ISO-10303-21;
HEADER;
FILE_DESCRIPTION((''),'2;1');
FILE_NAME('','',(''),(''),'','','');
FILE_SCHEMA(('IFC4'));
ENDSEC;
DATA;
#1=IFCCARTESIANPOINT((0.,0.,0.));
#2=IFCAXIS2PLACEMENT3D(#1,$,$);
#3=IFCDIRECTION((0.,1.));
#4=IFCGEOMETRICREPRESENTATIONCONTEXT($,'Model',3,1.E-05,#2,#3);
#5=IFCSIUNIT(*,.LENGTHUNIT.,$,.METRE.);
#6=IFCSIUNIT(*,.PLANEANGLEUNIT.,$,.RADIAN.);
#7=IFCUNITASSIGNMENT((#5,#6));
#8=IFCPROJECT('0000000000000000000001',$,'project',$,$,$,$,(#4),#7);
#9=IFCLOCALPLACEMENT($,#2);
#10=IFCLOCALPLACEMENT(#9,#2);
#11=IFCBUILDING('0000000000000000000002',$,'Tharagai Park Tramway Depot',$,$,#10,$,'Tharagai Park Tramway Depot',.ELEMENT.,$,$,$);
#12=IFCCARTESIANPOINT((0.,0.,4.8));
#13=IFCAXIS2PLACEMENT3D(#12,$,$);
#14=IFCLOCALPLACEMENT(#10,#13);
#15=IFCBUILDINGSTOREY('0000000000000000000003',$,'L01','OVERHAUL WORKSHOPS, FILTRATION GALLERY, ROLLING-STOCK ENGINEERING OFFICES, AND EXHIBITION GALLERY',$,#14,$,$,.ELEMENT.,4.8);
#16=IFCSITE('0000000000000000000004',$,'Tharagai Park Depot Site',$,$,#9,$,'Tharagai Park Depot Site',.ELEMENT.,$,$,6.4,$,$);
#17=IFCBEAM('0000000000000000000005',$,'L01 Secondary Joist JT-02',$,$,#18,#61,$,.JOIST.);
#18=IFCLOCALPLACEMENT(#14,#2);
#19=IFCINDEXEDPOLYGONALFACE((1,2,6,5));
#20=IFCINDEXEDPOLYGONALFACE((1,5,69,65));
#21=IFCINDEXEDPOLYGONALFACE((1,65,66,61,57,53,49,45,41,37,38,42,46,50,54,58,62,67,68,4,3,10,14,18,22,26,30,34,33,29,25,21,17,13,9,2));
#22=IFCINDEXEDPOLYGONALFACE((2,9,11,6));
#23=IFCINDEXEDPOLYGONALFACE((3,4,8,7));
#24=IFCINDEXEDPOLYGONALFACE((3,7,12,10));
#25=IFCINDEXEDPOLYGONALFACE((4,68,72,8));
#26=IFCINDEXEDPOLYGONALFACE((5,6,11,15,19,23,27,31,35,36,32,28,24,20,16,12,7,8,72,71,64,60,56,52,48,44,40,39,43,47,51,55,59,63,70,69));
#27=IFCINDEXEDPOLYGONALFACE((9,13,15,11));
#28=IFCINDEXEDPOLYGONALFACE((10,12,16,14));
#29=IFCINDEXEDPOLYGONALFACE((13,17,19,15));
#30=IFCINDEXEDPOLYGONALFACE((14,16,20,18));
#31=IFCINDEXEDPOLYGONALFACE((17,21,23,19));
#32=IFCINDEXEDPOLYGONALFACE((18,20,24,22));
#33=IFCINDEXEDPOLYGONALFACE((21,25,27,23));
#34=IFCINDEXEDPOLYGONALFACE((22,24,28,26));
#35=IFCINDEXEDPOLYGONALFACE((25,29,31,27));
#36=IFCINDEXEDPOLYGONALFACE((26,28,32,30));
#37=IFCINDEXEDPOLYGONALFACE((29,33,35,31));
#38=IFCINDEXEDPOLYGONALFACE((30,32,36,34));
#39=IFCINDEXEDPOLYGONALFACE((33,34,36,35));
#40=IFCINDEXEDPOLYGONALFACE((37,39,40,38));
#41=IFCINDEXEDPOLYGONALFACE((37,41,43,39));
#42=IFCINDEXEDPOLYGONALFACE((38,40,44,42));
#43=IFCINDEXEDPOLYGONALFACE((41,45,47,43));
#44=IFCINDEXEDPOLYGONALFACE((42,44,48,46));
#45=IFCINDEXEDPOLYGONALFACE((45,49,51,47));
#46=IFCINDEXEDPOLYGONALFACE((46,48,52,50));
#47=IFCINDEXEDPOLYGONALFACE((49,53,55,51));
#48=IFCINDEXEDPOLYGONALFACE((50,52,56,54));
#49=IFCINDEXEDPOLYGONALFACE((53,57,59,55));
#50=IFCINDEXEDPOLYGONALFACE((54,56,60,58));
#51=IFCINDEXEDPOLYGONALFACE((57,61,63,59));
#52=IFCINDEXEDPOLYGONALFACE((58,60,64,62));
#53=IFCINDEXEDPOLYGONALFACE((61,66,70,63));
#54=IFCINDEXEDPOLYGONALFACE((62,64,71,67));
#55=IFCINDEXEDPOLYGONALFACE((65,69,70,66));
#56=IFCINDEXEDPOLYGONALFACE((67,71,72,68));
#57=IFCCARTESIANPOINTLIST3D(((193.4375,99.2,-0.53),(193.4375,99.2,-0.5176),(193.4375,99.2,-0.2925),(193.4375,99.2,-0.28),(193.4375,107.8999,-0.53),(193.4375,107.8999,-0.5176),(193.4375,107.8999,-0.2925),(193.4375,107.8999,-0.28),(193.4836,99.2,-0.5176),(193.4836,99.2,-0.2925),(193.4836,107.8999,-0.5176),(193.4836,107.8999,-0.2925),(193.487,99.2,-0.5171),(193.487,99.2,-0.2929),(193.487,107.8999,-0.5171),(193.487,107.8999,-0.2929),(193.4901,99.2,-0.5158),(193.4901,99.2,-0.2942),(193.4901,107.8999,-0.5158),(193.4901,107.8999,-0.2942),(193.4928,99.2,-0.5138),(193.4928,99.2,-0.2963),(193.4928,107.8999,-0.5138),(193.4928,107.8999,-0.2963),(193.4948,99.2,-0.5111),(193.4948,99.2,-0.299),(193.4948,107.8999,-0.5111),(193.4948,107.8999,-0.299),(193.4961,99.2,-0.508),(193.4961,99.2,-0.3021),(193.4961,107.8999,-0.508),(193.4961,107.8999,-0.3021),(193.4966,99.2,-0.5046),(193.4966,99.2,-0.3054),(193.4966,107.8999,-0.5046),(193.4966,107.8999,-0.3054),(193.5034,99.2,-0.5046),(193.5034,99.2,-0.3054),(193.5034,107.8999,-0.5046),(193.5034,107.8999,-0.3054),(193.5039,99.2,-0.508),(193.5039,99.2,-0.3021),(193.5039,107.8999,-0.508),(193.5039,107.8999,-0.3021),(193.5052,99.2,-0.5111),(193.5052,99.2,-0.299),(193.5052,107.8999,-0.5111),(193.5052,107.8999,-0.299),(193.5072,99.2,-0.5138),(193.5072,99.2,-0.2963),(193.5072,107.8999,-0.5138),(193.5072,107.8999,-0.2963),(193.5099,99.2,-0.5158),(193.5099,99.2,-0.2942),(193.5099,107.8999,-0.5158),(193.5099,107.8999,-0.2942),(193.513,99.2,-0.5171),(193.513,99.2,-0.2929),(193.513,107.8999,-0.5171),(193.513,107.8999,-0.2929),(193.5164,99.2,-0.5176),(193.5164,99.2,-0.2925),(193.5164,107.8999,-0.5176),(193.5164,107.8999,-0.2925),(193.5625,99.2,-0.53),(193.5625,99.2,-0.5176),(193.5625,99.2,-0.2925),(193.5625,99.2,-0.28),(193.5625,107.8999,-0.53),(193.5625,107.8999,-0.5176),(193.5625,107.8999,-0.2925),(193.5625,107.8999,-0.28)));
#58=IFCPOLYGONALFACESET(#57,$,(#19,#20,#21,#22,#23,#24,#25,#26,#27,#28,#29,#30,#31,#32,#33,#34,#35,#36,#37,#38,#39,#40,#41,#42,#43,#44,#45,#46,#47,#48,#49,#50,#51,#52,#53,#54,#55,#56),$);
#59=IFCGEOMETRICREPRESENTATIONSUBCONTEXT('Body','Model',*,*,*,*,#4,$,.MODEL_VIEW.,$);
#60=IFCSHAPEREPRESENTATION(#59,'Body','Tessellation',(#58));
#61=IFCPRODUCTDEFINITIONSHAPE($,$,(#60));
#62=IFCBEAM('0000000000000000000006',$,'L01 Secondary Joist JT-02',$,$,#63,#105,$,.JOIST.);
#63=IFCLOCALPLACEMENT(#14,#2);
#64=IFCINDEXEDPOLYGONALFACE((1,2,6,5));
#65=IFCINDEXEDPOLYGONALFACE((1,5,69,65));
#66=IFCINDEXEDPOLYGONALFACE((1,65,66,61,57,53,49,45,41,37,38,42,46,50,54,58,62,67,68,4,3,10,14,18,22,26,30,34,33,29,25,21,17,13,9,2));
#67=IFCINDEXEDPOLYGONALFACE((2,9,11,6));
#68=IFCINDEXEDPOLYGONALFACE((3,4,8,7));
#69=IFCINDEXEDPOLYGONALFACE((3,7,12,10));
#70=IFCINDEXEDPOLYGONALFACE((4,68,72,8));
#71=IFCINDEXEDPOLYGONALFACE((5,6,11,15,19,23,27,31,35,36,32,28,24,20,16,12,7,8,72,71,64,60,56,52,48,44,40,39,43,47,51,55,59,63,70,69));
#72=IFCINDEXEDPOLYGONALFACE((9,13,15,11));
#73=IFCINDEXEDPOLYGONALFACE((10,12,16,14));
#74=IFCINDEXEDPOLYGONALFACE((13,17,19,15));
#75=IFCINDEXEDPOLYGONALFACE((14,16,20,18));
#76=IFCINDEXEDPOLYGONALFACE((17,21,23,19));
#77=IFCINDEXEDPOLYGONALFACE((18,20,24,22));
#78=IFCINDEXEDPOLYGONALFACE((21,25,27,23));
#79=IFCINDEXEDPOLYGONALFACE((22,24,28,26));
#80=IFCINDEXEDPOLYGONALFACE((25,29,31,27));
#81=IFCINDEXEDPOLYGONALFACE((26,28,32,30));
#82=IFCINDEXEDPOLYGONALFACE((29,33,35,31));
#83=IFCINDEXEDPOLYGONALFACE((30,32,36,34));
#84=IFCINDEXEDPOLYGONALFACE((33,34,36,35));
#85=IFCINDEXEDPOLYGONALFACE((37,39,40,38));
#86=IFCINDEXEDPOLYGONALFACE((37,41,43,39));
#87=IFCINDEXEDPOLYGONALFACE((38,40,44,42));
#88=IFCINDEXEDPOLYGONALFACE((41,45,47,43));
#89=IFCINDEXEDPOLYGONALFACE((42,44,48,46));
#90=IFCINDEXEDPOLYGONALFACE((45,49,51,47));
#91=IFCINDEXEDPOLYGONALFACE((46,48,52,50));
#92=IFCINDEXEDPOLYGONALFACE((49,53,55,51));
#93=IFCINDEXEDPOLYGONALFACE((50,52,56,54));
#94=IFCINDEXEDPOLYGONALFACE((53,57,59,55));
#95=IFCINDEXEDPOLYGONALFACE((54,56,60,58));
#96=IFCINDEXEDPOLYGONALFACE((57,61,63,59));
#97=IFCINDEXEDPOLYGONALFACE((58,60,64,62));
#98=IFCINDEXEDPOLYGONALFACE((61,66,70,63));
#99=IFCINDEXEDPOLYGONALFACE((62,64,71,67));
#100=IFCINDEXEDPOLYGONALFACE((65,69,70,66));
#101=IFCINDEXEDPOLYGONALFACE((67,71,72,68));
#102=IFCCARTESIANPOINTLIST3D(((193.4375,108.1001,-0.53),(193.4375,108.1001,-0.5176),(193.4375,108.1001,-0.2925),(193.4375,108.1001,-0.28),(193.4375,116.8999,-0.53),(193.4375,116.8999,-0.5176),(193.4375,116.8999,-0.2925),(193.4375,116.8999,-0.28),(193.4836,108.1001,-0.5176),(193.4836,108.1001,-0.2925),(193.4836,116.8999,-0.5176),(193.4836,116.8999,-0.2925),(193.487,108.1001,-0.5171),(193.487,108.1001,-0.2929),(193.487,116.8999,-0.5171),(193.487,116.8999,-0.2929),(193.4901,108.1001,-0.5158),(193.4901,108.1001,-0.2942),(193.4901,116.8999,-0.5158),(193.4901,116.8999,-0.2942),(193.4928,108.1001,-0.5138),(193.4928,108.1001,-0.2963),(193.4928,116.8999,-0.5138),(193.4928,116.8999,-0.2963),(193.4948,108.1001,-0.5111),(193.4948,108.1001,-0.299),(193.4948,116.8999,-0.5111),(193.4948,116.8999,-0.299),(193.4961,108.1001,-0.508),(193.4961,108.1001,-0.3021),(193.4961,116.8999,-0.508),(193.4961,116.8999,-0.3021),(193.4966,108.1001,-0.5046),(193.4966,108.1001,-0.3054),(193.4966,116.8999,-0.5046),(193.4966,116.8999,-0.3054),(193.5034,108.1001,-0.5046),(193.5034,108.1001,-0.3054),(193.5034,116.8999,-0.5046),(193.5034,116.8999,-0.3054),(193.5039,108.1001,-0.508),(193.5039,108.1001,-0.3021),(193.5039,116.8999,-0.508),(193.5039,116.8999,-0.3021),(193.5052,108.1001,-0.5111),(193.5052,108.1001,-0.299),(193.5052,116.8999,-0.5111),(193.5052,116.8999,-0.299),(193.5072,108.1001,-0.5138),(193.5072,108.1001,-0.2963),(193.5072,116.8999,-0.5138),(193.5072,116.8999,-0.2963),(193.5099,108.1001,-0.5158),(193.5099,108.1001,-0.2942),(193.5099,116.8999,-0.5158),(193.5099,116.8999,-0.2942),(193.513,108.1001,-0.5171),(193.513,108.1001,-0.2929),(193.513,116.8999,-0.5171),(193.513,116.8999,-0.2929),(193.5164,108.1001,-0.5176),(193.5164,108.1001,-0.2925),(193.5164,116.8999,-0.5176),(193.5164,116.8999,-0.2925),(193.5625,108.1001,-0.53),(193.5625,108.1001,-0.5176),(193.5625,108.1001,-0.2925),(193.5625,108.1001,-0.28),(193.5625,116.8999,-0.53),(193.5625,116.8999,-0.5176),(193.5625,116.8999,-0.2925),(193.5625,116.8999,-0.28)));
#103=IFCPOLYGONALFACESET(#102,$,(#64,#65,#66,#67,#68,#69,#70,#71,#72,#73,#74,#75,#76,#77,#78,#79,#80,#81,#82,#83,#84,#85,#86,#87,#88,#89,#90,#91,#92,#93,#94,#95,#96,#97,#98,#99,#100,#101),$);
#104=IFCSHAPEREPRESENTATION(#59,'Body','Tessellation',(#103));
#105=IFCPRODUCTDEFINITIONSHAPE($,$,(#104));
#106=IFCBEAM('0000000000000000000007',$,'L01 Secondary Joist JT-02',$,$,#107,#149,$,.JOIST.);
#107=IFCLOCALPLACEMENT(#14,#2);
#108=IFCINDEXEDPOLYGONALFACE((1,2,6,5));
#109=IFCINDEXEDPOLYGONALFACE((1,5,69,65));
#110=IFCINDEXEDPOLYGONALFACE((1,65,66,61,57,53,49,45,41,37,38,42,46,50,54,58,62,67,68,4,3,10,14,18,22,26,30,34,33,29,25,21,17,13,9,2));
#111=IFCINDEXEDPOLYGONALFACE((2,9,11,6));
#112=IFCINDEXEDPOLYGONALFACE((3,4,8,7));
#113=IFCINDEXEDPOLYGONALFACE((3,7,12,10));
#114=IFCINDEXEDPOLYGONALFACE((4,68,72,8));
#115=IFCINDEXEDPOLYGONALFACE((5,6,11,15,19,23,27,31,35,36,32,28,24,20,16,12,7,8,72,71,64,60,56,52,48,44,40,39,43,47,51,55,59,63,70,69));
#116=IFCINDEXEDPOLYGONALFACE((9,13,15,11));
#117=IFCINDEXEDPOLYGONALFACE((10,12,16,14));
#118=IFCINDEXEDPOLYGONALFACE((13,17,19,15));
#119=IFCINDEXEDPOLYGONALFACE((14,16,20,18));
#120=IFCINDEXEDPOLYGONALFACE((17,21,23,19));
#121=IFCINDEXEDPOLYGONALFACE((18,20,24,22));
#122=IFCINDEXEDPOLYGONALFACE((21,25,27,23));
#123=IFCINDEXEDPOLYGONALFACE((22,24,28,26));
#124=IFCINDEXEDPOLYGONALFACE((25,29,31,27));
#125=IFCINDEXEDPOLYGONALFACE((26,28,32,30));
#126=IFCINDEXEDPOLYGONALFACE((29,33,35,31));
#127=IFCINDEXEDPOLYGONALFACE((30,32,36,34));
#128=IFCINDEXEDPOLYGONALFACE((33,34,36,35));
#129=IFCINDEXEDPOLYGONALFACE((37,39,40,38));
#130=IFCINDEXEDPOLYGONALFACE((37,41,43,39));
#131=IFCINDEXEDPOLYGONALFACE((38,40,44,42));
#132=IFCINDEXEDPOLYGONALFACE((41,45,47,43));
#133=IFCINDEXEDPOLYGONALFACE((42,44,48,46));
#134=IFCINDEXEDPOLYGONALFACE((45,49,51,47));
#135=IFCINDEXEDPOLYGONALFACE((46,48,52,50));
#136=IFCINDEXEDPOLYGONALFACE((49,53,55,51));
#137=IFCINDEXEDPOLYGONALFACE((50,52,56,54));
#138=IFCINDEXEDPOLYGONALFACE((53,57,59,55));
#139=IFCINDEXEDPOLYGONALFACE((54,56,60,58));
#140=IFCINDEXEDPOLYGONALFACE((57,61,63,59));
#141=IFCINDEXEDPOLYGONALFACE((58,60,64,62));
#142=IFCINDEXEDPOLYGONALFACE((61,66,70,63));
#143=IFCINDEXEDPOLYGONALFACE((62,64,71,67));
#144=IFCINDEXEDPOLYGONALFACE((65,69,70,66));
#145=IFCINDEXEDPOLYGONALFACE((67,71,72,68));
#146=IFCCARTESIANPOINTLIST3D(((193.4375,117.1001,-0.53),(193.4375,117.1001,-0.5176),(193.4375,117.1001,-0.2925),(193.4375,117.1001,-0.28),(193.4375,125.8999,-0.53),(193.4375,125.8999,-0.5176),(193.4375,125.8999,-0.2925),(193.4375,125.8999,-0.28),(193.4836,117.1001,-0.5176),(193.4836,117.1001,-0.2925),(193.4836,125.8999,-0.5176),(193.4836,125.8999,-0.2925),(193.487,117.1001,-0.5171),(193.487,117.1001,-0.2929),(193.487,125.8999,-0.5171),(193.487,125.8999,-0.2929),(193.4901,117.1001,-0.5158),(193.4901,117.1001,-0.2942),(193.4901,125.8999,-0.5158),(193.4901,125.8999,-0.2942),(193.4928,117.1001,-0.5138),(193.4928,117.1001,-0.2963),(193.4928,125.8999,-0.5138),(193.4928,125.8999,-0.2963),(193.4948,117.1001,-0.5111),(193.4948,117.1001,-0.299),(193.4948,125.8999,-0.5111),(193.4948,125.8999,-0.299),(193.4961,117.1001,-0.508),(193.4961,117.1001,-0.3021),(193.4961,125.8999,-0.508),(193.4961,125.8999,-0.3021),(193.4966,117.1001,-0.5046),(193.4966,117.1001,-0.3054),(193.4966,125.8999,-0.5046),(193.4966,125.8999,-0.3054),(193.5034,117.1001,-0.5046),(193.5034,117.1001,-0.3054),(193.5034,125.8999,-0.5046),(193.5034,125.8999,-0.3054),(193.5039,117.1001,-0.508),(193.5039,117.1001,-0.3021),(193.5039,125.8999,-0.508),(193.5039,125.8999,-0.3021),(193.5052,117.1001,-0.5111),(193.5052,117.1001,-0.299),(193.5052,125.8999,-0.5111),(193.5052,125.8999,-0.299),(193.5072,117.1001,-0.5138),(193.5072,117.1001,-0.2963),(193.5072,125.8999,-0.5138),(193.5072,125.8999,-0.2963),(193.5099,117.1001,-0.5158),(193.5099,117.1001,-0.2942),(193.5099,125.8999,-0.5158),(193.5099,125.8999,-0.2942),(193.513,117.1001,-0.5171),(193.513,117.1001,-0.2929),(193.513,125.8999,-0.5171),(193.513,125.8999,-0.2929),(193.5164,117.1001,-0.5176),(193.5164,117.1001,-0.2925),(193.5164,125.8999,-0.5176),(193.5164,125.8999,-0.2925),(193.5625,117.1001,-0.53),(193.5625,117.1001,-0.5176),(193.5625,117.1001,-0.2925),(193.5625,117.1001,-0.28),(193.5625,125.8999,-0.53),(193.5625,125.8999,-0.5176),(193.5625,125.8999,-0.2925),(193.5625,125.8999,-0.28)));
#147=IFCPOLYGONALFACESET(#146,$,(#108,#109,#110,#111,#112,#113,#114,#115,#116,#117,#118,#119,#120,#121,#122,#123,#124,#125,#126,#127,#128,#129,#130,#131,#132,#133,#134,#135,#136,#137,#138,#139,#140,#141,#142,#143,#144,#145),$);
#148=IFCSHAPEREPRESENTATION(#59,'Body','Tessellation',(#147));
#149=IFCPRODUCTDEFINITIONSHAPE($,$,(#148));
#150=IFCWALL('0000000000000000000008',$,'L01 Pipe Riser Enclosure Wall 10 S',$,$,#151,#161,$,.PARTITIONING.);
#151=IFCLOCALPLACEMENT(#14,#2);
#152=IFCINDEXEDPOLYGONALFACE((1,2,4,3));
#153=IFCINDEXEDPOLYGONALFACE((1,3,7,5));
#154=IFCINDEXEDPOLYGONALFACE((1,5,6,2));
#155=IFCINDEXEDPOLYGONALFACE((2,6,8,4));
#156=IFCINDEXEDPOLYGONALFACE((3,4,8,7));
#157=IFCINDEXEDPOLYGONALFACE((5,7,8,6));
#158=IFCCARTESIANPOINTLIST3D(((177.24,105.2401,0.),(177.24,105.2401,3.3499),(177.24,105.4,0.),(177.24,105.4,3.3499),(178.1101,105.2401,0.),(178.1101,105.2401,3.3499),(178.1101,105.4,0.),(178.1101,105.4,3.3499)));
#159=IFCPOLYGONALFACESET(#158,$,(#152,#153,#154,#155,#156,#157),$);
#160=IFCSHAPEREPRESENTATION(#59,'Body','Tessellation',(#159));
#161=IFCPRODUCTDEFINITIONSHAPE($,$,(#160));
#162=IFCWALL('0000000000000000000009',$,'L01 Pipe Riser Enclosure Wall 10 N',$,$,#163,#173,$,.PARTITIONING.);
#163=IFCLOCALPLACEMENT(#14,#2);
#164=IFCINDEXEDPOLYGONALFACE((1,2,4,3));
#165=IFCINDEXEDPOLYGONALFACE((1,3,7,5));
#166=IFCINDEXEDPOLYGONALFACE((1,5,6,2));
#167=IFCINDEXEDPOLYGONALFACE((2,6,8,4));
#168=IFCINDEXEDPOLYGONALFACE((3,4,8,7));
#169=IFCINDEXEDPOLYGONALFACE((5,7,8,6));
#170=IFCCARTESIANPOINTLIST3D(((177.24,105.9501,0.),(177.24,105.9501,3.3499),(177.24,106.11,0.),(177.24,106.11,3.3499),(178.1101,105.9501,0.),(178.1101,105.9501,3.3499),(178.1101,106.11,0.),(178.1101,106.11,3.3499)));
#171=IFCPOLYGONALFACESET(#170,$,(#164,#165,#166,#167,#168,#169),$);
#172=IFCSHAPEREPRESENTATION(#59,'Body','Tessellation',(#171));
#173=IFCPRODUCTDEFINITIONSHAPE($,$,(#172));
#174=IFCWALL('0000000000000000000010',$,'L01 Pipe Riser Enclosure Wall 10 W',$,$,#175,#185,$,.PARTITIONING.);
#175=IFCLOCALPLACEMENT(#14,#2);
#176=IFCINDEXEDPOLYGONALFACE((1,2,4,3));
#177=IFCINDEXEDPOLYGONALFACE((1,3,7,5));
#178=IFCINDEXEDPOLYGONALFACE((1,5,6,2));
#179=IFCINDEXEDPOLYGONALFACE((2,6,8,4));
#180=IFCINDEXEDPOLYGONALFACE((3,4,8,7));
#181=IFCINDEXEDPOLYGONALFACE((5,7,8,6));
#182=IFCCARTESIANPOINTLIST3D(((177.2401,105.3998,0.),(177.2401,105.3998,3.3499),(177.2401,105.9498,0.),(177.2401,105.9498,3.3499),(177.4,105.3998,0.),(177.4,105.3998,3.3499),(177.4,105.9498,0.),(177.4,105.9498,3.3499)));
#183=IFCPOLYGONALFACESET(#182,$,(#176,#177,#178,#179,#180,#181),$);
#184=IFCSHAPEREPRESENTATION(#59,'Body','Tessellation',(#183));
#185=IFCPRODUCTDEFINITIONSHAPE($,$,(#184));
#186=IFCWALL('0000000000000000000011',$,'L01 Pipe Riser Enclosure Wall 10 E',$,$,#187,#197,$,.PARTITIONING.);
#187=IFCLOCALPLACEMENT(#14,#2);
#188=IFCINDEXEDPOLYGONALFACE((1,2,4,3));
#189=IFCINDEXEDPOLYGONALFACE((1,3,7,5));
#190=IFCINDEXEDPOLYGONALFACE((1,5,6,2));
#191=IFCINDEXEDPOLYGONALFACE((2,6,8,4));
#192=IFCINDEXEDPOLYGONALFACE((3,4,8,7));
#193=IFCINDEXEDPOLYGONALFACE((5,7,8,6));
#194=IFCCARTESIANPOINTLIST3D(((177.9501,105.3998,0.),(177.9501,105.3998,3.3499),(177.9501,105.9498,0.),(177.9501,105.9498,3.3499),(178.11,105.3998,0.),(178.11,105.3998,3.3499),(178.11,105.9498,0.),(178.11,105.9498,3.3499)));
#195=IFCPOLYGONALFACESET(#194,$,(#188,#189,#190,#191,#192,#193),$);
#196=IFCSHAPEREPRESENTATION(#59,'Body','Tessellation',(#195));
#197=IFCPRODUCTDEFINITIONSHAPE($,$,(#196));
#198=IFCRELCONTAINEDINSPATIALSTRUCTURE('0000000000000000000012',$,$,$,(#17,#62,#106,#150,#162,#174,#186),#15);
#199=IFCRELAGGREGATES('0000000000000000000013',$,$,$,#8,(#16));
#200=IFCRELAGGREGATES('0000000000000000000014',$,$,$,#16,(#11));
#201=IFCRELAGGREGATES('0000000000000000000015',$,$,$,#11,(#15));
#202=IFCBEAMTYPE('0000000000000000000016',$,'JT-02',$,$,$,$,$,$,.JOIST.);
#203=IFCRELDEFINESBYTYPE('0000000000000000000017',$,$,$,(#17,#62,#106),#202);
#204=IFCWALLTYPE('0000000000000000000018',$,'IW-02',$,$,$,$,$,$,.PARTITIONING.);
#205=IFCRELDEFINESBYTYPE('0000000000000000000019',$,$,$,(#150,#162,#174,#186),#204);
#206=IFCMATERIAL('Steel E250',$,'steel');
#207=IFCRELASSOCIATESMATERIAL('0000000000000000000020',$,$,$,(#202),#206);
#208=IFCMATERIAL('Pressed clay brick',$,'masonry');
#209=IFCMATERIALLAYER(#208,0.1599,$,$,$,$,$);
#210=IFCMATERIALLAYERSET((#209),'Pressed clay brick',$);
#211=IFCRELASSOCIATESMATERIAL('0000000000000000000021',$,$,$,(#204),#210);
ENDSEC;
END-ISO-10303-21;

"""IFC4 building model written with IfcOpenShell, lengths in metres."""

from ifc_helpers import new_model, si_unit, direction, frame, frame_2d, origin, origin_2d, place, context, subcontext, project, spatial, rectangle, i_section, extrude, material, layer, layer_set, material_profile, profile_set, type_object, element, save


model = new_model("IFC4")

# Units and contexts
model_context = context("Model", 3, precision=1e-05, world=origin(), true_north=direction((0.0, 1.0)))
body_context = subcontext(model_context, "Body", "Model", "MODEL_VIEW")
ifc_project = project(units=[si_unit("LENGTHUNIT", "METRE"), si_unit("PLANEANGLEUNIT", "RADIAN")], contexts=[model_context])

# Site, building, storey
site_placement = place(None, origin())
site = spatial("IfcSite", under=ifc_project, at=site_placement, Name="Tharagai Park Depot Site", LongName="Tharagai Park Depot Site", CompositionType="ELEMENT", RefElevation=6.4)
building_placement = place(site_placement, origin())
building = spatial("IfcBuilding", under=site, at=building_placement, Name="Tharagai Park Tramway Depot", LongName="Tharagai Park Tramway Depot", CompositionType="ELEMENT")
storey_placement = place(building_placement, frame((0.0, 0.0, 4.8)))
storey = spatial("IfcBuildingStorey", under=building, at=storey_placement, Name="L01", Description="OVERHAUL WORKSHOPS, FILTRATION GALLERY, ROLLING-STOCK ENGINEERING OFFICES, AND EXHIBITION GALLERY", CompositionType="ELEMENT", Elevation=4.8)

# Beams
ifc_material_1 = material(Name="Steel E250", Category="steel")
ifc_material_profile_1 = material_profile(ifc_material_1, i_section(OverallWidth=0.125, OverallDepth=0.25, WebThickness=0.0068, FlangeThickness=0.0125, FilletRadius=0.0129, at=origin_2d()), Name="ISMB 250")
ifc_profile_set_1 = profile_set([ifc_material_profile_1], Name="Steel E250")
beam_type_1 = type_object("IfcBeamType", Name="JT-02", PredefinedType="JOIST", material=ifc_profile_set_1)
beam_1_placement = place(storey_placement, frame((193.5, 99.2, -0.405), z_axis=(0.0, 1.0, 0.0), x_axis=(-1.0, 0.0, 0.0)))
element("IfcBeam", 1, at=beam_1_placement, inside=storey, type_object=beam_type_1, Name="L01 Secondary Joist JT-02", PredefinedType="JOIST", context=body_context, shape_type="SweptSolid", body=[
    extrude(i_section(OverallWidth=0.125, OverallDepth=0.25, WebThickness=0.0068, FlangeThickness=0.0125, FilletRadius=0.0129, at=origin_2d()), origin(), (0.0, 0.0, 1.0), 8.7),
])
for number, where, z_axis, x_axis, name in (
    (2, (193.5, 108.1001, -0.405), (0.0, 1.0, 0.0), (-1.0, 0.0, 0.0), "L01 Secondary Joist JT-02"),
    (3, (193.5, 117.1001, -0.405), (0.0, 1.0, 0.0), (-1.0, 0.0, 0.0), "L01 Secondary Joist JT-02"),
):
    element("IfcBeam", number, at=place(storey_placement, frame(where, z_axis=z_axis, x_axis=x_axis)), inside=storey, type_object=beam_type_1, Name=name, PredefinedType="JOIST", context=body_context, shape_type="SweptSolid", body=[
        extrude(i_section(OverallWidth=0.125, OverallDepth=0.25, WebThickness=0.0068, FlangeThickness=0.0125, FilletRadius=0.0129, at=origin_2d()), origin(), (0.0, 0.0, 1.0), 8.7998),
    ])

# Walls
ifc_material_2 = material(Name="Pressed clay brick", Category="masonry")
ifc_layer_1 = layer(ifc_material_2, 0.1599)
ifc_layer_set_1 = layer_set([ifc_layer_1], Name="Pressed clay brick")
wall_type_1 = type_object("IfcWallType", Name="IW-02", PredefinedType="PARTITIONING", material=ifc_layer_set_1)
for number, where, z_axis, x_axis, name in (
    (4, (177.24, 105.3201, 0.0), (0.0, 0.0, 1.0), (1.0, 0.0, 0.0), "L01 Pipe Riser Enclosure Wall 10 S"),
    (5, (177.24, 106.03, 0.0), (0.0, 0.0, 1.0), (1.0, 0.0, 0.0), "L01 Pipe Riser Enclosure Wall 10 N"),
):
    element("IfcWall", number, at=place(storey_placement, frame(where, z_axis=z_axis, x_axis=x_axis)), inside=storey, type_object=wall_type_1, Name=name, PredefinedType="PARTITIONING", context=body_context, shape_type="SweptSolid", body=[
        extrude(rectangle(XDim=0.8701, YDim=0.1599, at=frame_2d((0.4351, 0.0))), origin(), (0.0, 0.0, 1.0), 3.3499),
    ])
for number, where, z_axis, x_axis, name in (
    (6, (177.3201, 105.3999, 0.0), (0.0, 0.0, 1.0), (0.0, 1.0, 0.0), "L01 Pipe Riser Enclosure Wall 10 W"),
    (7, (178.03, 105.3999, 0.0), (0.0, 0.0, 1.0), (0.0, 1.0, 0.0), "L01 Pipe Riser Enclosure Wall 10 E"),
):
    element("IfcWall", number, at=place(storey_placement, frame(where, z_axis=z_axis, x_axis=x_axis)), inside=storey, type_object=wall_type_1, Name=name, PredefinedType="PARTITIONING", context=body_context, shape_type="SweptSolid", body=[
        extrude(rectangle(XDim=0.55, YDim=0.1599, at=frame_2d((0.2749, 0.0))), origin(), (0.0, 0.0, 1.0), 3.3499),
    ])

save(model, "model.ifc")
